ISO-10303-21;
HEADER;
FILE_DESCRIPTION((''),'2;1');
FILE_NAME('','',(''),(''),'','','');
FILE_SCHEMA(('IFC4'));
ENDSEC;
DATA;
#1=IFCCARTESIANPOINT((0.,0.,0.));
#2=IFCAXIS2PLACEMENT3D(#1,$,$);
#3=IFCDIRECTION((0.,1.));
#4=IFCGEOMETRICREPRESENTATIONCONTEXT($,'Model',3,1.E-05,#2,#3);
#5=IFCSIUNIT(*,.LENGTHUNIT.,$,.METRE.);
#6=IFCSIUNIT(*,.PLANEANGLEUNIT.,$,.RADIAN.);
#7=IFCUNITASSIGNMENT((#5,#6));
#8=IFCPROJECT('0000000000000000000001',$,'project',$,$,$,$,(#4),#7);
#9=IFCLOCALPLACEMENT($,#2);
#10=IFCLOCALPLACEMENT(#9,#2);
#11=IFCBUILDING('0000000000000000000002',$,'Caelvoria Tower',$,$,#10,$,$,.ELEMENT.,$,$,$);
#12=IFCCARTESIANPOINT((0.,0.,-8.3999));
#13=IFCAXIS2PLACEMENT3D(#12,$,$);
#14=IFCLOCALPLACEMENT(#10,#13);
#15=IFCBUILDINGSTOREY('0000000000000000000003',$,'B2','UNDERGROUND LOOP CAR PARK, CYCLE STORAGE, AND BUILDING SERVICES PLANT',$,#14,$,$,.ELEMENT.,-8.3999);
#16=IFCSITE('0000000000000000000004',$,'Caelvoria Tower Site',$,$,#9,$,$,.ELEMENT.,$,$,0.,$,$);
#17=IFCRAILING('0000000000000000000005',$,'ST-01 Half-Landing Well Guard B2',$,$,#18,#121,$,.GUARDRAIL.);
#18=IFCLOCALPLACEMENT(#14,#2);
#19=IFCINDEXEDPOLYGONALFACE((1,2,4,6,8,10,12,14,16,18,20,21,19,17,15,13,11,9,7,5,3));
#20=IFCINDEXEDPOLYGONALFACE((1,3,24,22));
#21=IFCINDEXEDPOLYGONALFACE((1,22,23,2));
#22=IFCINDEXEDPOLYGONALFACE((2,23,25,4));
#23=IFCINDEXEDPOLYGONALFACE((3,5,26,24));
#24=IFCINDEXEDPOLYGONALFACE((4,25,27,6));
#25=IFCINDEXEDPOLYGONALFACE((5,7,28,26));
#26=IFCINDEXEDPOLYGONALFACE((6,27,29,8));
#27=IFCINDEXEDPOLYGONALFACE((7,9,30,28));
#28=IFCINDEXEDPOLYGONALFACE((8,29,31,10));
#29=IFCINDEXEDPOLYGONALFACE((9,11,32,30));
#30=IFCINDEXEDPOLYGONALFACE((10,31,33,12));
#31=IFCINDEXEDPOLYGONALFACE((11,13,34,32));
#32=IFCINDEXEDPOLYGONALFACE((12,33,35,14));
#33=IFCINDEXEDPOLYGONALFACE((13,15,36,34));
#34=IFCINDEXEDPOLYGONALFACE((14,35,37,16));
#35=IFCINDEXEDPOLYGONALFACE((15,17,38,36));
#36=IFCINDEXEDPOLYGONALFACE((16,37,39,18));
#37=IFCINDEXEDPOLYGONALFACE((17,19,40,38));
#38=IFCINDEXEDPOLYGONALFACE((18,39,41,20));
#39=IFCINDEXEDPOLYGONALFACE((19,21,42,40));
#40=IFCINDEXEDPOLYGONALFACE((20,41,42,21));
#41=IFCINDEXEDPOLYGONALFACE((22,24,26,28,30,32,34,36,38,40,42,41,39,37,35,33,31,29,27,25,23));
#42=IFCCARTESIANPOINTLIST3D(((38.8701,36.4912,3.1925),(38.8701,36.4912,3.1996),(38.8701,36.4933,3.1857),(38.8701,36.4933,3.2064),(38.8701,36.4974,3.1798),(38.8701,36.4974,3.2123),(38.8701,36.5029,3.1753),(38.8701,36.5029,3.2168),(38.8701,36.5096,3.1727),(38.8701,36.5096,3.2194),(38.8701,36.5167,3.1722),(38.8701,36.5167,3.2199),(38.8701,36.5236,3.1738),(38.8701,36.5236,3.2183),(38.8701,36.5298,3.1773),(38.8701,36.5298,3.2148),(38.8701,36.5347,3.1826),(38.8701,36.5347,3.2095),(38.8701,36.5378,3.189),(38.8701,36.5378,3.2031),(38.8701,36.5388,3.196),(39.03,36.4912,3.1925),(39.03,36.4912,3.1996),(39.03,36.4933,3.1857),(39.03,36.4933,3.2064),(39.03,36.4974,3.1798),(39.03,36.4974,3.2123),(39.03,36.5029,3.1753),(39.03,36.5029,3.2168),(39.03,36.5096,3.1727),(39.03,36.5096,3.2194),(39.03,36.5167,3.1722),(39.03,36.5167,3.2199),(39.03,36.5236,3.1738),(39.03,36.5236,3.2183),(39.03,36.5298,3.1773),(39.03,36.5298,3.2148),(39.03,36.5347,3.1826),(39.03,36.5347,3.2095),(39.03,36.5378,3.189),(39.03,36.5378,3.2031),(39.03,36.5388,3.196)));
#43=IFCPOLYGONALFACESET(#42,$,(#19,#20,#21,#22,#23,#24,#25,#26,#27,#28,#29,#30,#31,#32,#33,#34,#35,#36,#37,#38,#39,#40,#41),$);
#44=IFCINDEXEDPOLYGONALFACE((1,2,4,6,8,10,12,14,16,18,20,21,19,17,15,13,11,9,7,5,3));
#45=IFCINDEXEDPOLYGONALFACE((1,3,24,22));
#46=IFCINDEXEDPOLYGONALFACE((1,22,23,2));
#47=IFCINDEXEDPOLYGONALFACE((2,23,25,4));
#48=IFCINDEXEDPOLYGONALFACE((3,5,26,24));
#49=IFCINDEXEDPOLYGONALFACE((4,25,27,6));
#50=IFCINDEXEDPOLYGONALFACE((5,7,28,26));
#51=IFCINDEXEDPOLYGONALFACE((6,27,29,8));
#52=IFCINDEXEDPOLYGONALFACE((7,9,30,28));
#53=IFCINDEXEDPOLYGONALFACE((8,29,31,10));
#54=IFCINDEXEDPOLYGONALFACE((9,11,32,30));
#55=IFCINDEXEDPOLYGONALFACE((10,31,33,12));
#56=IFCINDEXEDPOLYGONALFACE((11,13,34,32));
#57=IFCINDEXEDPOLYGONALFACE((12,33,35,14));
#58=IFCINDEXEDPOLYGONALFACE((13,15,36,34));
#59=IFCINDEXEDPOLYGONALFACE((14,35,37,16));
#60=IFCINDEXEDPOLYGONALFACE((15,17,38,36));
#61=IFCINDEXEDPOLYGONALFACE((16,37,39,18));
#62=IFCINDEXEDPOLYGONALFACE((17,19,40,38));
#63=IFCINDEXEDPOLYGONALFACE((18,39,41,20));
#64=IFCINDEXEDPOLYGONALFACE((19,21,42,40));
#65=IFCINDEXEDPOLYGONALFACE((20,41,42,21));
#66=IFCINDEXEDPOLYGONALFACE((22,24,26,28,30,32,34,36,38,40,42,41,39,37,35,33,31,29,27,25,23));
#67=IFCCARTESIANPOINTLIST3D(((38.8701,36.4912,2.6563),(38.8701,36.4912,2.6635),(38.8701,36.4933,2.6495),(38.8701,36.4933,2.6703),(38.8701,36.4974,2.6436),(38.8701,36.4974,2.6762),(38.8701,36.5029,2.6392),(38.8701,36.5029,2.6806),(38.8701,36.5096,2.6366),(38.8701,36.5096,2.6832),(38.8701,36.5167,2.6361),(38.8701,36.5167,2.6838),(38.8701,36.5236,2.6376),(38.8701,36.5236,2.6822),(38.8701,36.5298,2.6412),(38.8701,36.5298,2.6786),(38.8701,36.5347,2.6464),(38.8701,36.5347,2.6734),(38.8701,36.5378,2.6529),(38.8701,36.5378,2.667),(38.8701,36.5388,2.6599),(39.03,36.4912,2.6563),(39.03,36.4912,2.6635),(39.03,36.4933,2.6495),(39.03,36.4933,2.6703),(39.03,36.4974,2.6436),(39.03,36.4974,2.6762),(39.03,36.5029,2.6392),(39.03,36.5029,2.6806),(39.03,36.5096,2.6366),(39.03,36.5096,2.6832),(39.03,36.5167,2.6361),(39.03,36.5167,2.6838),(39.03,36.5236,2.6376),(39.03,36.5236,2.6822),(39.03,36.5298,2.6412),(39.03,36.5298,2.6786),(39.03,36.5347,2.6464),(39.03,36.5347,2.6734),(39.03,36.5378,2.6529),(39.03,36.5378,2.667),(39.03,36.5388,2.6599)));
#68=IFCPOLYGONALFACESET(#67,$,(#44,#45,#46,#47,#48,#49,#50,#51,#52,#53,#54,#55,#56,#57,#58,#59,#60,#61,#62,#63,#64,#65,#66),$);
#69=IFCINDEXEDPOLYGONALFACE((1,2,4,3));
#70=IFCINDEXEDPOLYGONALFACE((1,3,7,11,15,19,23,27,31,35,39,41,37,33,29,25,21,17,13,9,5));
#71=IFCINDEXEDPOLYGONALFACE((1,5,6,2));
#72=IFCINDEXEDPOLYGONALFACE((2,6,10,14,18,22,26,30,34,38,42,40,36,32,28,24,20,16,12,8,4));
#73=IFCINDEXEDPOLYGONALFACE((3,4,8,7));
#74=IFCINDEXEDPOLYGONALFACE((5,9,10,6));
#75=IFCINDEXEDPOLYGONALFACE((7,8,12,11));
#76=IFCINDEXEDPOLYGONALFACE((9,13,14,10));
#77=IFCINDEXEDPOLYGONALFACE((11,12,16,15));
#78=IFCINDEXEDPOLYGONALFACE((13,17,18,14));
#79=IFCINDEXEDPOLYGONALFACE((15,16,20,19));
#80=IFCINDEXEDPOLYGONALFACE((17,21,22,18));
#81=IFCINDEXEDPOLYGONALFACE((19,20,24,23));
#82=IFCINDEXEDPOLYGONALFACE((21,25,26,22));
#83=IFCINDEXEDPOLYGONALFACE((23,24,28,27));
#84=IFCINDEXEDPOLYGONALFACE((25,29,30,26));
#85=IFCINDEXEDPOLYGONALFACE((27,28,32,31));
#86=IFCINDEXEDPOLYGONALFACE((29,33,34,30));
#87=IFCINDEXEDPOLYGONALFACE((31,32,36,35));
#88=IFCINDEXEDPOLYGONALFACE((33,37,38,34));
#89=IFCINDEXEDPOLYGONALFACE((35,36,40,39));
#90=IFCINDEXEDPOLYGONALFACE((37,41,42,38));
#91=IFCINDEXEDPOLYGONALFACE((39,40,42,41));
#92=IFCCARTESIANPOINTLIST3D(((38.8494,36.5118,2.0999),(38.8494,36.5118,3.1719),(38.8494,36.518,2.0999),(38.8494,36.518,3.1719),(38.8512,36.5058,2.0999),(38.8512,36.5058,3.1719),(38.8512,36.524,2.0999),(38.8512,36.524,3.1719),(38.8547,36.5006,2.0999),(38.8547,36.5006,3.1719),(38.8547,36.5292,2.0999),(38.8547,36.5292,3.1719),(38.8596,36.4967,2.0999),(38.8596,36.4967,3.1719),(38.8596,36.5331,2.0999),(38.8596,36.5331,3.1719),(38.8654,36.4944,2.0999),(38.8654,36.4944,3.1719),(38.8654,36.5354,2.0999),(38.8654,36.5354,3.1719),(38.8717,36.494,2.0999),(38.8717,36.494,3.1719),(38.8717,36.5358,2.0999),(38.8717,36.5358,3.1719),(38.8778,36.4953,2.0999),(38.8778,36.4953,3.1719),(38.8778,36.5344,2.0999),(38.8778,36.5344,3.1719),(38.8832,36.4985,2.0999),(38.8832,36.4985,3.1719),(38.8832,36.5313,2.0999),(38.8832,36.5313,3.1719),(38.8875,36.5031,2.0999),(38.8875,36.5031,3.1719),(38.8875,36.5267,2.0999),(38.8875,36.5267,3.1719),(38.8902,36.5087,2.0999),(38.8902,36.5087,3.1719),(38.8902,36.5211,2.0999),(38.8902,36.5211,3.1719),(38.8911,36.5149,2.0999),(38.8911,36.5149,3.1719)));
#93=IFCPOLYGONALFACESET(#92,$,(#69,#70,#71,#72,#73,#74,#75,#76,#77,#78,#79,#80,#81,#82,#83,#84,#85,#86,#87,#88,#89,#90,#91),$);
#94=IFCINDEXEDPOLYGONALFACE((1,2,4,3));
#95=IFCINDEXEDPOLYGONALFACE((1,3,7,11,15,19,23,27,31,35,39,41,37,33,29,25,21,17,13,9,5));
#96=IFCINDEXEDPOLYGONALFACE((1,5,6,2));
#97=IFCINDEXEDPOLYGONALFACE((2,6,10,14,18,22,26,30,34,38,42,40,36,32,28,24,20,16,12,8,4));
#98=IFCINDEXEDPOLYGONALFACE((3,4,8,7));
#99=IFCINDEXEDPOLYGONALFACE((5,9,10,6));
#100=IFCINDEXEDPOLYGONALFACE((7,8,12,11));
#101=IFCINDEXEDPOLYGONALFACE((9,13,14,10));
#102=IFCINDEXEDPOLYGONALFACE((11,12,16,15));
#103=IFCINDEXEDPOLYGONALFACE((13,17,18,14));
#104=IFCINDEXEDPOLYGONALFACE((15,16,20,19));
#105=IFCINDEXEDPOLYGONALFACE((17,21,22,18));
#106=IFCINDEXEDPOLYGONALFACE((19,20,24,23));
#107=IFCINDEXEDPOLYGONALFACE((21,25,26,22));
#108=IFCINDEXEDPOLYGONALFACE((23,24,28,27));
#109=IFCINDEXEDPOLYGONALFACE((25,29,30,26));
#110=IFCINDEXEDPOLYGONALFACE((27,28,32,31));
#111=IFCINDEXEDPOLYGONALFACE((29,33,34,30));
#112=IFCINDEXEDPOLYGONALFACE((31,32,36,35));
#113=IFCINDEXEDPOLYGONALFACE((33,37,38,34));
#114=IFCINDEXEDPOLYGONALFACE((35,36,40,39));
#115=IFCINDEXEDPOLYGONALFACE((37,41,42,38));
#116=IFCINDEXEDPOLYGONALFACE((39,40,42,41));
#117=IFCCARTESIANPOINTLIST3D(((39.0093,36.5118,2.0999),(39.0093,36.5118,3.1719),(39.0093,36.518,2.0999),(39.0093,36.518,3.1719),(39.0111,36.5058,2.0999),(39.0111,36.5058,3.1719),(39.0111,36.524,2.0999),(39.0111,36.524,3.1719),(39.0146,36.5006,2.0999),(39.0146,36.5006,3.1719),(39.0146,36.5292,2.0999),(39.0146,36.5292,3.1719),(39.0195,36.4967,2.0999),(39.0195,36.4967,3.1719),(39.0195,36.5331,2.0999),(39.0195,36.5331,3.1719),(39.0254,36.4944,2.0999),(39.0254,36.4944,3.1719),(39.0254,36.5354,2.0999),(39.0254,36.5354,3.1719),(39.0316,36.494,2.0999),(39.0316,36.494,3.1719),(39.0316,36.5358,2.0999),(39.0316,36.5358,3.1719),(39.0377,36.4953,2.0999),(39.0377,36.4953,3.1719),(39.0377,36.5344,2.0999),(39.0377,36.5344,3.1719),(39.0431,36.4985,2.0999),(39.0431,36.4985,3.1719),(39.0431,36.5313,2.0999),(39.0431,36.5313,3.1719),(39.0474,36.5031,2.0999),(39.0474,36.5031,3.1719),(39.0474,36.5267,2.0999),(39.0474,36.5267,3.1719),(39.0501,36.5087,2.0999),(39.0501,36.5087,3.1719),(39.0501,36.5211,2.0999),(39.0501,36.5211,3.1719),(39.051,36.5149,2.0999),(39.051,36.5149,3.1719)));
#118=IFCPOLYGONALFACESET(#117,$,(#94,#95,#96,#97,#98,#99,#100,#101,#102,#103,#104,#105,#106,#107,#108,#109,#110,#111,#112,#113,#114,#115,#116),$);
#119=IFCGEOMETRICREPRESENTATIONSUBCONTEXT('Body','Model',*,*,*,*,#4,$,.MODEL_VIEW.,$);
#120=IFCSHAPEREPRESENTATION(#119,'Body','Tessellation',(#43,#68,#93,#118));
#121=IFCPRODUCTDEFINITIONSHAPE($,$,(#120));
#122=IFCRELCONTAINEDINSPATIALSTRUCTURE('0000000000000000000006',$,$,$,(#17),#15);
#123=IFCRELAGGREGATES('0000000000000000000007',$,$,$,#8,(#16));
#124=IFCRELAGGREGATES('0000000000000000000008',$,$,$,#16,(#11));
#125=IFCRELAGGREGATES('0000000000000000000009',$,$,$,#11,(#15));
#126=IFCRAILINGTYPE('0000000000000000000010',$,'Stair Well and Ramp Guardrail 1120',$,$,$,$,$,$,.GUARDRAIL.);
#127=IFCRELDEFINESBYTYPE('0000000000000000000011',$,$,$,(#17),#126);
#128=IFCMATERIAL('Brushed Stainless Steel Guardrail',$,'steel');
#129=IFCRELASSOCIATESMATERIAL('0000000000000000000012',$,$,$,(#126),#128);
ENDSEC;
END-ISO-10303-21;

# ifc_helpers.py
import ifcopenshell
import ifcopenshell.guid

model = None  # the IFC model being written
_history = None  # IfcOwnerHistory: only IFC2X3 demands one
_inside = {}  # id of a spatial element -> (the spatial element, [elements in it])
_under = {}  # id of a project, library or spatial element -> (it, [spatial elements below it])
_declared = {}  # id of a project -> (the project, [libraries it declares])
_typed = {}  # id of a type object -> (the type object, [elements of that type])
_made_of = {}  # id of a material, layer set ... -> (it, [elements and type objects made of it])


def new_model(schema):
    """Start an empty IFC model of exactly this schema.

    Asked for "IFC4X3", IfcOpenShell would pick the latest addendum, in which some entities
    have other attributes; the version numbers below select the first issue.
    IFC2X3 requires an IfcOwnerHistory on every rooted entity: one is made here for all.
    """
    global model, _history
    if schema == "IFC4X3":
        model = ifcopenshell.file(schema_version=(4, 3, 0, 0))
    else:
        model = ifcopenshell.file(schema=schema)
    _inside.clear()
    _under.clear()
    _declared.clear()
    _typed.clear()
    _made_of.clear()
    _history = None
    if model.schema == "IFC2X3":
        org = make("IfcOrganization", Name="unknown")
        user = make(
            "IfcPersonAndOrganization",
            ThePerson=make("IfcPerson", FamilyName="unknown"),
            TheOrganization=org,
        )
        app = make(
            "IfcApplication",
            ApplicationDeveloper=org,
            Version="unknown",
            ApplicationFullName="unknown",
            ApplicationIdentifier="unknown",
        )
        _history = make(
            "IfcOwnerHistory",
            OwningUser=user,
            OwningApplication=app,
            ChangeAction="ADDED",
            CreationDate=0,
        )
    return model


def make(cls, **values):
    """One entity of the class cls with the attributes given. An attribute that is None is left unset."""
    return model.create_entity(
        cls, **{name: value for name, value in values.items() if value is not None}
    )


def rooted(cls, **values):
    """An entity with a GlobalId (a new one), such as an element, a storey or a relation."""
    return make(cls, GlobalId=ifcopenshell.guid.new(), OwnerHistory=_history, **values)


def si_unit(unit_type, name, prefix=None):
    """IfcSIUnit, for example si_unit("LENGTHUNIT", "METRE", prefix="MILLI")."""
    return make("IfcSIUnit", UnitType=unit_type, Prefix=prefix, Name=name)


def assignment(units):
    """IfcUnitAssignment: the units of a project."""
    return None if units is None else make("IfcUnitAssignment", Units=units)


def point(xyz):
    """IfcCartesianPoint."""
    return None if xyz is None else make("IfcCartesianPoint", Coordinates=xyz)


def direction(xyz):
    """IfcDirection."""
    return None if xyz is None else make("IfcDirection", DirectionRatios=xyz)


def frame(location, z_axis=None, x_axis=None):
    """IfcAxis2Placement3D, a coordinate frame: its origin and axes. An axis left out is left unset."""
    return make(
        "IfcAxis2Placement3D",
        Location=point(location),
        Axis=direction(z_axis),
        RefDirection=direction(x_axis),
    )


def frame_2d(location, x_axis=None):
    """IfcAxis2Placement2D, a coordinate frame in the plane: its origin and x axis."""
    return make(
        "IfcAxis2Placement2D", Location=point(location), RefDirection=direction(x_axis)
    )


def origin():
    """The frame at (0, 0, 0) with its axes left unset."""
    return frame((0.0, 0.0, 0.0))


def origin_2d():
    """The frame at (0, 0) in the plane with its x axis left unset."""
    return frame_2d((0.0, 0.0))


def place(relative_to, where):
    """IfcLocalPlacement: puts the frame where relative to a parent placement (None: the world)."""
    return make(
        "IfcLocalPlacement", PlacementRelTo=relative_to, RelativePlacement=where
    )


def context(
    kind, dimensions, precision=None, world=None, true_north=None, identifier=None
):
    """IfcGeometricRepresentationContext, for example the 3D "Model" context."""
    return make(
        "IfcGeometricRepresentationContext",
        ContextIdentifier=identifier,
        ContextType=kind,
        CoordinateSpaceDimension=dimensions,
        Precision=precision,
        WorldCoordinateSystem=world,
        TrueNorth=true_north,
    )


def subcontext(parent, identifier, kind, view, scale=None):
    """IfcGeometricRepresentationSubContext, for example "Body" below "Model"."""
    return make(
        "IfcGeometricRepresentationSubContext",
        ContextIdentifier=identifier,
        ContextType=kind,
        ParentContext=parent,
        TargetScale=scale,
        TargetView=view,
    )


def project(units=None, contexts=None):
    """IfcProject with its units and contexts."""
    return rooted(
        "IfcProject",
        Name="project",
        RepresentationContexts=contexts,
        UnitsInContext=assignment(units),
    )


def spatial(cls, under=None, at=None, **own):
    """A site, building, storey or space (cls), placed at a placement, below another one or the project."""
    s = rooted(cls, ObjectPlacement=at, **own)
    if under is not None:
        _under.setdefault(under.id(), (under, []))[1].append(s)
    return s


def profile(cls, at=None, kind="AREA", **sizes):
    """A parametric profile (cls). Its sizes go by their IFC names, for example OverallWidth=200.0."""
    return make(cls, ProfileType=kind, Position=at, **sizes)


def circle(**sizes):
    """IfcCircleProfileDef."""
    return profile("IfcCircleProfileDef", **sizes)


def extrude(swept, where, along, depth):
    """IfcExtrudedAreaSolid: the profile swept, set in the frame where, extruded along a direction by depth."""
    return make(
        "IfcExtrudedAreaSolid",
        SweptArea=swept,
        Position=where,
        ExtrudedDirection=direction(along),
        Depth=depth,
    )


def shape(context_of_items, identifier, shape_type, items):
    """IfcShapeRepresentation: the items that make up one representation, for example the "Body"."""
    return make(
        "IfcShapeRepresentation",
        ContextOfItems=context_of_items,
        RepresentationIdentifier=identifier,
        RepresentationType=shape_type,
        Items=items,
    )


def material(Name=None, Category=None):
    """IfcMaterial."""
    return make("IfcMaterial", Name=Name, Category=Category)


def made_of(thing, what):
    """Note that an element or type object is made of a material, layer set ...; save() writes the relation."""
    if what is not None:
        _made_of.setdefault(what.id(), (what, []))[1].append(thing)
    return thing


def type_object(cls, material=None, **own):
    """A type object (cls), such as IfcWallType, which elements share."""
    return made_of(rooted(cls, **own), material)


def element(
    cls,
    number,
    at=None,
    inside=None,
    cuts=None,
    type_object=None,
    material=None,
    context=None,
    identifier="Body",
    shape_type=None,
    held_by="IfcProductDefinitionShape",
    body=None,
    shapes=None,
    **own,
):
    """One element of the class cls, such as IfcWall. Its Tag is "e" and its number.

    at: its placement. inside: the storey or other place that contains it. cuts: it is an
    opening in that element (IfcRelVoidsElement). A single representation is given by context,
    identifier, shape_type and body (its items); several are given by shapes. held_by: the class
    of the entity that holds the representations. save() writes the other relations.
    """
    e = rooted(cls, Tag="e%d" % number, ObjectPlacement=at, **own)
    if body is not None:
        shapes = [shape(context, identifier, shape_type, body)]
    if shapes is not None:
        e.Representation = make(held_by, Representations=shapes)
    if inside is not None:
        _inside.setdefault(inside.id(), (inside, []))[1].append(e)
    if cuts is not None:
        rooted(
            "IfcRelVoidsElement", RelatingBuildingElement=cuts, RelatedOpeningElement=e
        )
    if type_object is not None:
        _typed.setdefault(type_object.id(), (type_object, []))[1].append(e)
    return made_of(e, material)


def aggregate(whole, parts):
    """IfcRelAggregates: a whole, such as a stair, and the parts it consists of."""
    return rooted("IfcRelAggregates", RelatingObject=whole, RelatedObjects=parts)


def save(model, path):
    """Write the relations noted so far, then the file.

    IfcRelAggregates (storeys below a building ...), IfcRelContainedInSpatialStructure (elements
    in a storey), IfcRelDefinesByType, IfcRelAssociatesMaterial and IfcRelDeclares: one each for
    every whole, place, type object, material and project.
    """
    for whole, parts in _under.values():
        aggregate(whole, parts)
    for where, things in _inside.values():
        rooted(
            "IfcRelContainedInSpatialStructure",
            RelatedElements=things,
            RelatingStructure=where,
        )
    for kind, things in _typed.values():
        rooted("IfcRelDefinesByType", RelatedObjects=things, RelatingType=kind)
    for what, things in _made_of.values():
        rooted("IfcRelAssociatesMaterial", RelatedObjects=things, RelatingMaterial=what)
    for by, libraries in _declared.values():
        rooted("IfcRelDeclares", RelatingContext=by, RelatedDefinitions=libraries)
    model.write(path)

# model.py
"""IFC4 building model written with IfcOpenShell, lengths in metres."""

from ifc_helpers import new_model, si_unit, direction, frame, origin, origin_2d, place, context, subcontext, project, spatial, circle, extrude, material, type_object, element, save


model = new_model("IFC4")

# Units and contexts
model_context = context("Model", 3, precision=1e-05, world=origin(), true_north=direction((0.0, 1.0)))
body_context = subcontext(model_context, "Body", "Model", "MODEL_VIEW")
ifc_project = project(units=[si_unit("LENGTHUNIT", "METRE"), si_unit("PLANEANGLEUNIT", "RADIAN")], contexts=[model_context])

# Site, building, storey
site_placement = place(None, origin())
site = spatial("IfcSite", under=ifc_project, at=site_placement, Name="Caelvoria Tower Site", CompositionType="ELEMENT", RefElevation=0.0)
building_placement = place(site_placement, origin())
building = spatial("IfcBuilding", under=site, at=building_placement, Name="Caelvoria Tower", CompositionType="ELEMENT")
storey_placement = place(building_placement, frame((0.0, 0.0, -8.3999)))
storey = spatial("IfcBuildingStorey", under=building, at=storey_placement, Name="B2", Description="UNDERGROUND LOOP CAR PARK, CYCLE STORAGE, AND BUILDING SERVICES PLANT", CompositionType="ELEMENT", Elevation=-8.3999)

# Railing
ifc_material_1 = material(Name="Brushed Stainless Steel Guardrail", Category="steel")
railing_type_1 = type_object("IfcRailingType", Name="Stair Well and Ramp Guardrail 1120", PredefinedType="GUARDRAIL", material=ifc_material_1)
railing_1_placement = place(storey_placement, frame((38.8701, 36.5149, 2.0999)))
element("IfcRailing", 1, at=railing_1_placement, inside=storey, type_object=railing_type_1, Name="ST-01 Half-Landing Well Guard B2", PredefinedType="GUARDRAIL", context=body_context, shape_type="SweptSolid", body=[
    extrude(circle(Radius=0.0239, at=origin_2d()), frame((0.0, 0.0, 1.0962), z_axis=(1.0, 0.0, 0.0), x_axis=(0.0, 1.0, 0.0)), (0.0, 0.0, 1.0), 0.1599),
    extrude(circle(Radius=0.0239, at=origin_2d()), frame((0.0, 0.0, 0.5601), z_axis=(1.0, 0.0, 0.0), x_axis=(0.0, 1.0, 0.0)), (0.0, 0.0, 1.0), 0.1599),
    extrude(circle(Radius=0.021, at=origin_2d()), origin(), (0.0, 0.0, 1.0), 1.072),
    extrude(circle(Radius=0.021, at=origin_2d()), frame((0.1599, 0.0, 0.0)), (0.0, 0.0, 1.0), 1.072),
])

save(model, "model.ifc")
